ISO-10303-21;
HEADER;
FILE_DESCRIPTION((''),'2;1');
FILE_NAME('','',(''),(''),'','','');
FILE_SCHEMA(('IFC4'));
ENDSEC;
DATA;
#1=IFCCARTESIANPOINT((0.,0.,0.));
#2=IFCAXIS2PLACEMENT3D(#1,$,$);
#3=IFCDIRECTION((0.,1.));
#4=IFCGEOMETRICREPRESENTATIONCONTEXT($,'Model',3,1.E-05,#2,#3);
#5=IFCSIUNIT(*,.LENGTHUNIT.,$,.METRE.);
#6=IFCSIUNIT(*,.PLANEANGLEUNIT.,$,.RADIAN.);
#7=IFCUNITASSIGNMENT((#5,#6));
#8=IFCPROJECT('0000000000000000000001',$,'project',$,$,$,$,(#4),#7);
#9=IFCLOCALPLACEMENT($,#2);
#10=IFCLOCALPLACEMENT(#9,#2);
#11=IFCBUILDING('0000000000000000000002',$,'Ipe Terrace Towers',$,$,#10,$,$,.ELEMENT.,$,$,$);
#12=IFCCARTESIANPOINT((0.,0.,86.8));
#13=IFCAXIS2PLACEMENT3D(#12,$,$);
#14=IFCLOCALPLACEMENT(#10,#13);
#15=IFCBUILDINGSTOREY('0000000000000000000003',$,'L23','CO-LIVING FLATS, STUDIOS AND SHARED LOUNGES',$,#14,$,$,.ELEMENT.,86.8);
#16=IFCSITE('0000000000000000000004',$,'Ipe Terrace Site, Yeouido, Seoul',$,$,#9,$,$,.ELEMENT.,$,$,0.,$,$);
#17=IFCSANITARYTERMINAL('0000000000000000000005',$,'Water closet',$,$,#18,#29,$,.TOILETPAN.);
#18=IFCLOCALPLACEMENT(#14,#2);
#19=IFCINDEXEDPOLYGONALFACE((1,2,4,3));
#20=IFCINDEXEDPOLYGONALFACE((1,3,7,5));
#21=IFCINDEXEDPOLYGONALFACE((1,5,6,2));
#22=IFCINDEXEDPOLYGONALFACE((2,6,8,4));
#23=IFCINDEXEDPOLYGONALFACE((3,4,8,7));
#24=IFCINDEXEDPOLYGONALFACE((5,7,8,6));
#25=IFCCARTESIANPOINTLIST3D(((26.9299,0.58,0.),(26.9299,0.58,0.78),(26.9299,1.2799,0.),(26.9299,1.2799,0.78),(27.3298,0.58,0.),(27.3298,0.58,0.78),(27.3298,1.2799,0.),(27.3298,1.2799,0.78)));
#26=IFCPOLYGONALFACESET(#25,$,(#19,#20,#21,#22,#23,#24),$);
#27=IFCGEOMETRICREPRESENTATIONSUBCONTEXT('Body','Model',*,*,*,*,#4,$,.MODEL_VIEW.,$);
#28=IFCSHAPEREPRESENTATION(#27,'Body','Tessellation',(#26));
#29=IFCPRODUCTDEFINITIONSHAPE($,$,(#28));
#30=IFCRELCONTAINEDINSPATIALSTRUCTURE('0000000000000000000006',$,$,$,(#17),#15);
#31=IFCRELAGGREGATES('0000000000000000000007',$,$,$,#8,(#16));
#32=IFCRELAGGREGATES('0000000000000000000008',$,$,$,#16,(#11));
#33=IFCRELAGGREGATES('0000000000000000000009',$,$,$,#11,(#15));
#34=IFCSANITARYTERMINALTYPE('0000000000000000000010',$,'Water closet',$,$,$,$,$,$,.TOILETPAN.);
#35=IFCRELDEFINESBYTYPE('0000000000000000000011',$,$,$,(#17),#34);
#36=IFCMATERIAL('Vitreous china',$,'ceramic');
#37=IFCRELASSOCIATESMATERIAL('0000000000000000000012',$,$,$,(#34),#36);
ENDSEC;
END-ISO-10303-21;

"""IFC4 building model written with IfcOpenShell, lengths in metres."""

from ifc_helpers import new_model, si_unit, direction, frame, origin, origin_2d, place, context, subcontext, project, spatial, rectangle, extrude, material, type_object, element, save


model = new_model("IFC4")

# Units and contexts
model_context = context("Model", 3, precision=1e-05, world=origin(), true_north=direction((0.0, 1.0)))
body_context = subcontext(model_context, "Body", "Model", "MODEL_VIEW")
ifc_project = project(units=[si_unit("LENGTHUNIT", "METRE"), si_unit("PLANEANGLEUNIT", "RADIAN")], contexts=[model_context])

# Site, building, storey
site_placement = place(None, origin())
site = spatial("IfcSite", under=ifc_project, at=site_placement, Name="Ipe Terrace Site, Yeouido, Seoul", CompositionType="ELEMENT", RefElevation=0.0)
building_placement = place(site_placement, origin())
building = spatial("IfcBuilding", under=site, at=building_placement, Name="Ipe Terrace Towers", CompositionType="ELEMENT")
storey_placement = place(building_placement, frame((0.0, 0.0, 86.8)))
storey = spatial("IfcBuildingStorey", under=building, at=storey_placement, Name="L23", Description="CO-LIVING FLATS, STUDIOS AND SHARED LOUNGES", CompositionType="ELEMENT", Elevation=86.8)

# Sanitary terminal
ifc_material_1 = material(Name="Vitreous china", Category="ceramic")
sanitary_terminal_type_1 = type_object("IfcSanitaryTerminalType", Name="Water closet", PredefinedType="TOILETPAN", material=ifc_material_1)
sanitary_terminal_1_placement = place(storey_placement, frame((27.1299, 0.9299, 0.0), z_axis=(0.0, 0.0, 1.0), x_axis=(0.0, -1.0, 0.0)))
element("IfcSanitaryTerminal", 1, at=sanitary_terminal_1_placement, inside=storey, type_object=sanitary_terminal_type_1, Name="Water closet", PredefinedType="TOILETPAN", context=body_context, shape_type="SweptSolid", body=[
    extrude(rectangle(XDim=0.7, YDim=0.3999, at=origin_2d()), origin(), (0.0, 0.0, 1.0), 0.78),
])

save(model, "model.ifc")
